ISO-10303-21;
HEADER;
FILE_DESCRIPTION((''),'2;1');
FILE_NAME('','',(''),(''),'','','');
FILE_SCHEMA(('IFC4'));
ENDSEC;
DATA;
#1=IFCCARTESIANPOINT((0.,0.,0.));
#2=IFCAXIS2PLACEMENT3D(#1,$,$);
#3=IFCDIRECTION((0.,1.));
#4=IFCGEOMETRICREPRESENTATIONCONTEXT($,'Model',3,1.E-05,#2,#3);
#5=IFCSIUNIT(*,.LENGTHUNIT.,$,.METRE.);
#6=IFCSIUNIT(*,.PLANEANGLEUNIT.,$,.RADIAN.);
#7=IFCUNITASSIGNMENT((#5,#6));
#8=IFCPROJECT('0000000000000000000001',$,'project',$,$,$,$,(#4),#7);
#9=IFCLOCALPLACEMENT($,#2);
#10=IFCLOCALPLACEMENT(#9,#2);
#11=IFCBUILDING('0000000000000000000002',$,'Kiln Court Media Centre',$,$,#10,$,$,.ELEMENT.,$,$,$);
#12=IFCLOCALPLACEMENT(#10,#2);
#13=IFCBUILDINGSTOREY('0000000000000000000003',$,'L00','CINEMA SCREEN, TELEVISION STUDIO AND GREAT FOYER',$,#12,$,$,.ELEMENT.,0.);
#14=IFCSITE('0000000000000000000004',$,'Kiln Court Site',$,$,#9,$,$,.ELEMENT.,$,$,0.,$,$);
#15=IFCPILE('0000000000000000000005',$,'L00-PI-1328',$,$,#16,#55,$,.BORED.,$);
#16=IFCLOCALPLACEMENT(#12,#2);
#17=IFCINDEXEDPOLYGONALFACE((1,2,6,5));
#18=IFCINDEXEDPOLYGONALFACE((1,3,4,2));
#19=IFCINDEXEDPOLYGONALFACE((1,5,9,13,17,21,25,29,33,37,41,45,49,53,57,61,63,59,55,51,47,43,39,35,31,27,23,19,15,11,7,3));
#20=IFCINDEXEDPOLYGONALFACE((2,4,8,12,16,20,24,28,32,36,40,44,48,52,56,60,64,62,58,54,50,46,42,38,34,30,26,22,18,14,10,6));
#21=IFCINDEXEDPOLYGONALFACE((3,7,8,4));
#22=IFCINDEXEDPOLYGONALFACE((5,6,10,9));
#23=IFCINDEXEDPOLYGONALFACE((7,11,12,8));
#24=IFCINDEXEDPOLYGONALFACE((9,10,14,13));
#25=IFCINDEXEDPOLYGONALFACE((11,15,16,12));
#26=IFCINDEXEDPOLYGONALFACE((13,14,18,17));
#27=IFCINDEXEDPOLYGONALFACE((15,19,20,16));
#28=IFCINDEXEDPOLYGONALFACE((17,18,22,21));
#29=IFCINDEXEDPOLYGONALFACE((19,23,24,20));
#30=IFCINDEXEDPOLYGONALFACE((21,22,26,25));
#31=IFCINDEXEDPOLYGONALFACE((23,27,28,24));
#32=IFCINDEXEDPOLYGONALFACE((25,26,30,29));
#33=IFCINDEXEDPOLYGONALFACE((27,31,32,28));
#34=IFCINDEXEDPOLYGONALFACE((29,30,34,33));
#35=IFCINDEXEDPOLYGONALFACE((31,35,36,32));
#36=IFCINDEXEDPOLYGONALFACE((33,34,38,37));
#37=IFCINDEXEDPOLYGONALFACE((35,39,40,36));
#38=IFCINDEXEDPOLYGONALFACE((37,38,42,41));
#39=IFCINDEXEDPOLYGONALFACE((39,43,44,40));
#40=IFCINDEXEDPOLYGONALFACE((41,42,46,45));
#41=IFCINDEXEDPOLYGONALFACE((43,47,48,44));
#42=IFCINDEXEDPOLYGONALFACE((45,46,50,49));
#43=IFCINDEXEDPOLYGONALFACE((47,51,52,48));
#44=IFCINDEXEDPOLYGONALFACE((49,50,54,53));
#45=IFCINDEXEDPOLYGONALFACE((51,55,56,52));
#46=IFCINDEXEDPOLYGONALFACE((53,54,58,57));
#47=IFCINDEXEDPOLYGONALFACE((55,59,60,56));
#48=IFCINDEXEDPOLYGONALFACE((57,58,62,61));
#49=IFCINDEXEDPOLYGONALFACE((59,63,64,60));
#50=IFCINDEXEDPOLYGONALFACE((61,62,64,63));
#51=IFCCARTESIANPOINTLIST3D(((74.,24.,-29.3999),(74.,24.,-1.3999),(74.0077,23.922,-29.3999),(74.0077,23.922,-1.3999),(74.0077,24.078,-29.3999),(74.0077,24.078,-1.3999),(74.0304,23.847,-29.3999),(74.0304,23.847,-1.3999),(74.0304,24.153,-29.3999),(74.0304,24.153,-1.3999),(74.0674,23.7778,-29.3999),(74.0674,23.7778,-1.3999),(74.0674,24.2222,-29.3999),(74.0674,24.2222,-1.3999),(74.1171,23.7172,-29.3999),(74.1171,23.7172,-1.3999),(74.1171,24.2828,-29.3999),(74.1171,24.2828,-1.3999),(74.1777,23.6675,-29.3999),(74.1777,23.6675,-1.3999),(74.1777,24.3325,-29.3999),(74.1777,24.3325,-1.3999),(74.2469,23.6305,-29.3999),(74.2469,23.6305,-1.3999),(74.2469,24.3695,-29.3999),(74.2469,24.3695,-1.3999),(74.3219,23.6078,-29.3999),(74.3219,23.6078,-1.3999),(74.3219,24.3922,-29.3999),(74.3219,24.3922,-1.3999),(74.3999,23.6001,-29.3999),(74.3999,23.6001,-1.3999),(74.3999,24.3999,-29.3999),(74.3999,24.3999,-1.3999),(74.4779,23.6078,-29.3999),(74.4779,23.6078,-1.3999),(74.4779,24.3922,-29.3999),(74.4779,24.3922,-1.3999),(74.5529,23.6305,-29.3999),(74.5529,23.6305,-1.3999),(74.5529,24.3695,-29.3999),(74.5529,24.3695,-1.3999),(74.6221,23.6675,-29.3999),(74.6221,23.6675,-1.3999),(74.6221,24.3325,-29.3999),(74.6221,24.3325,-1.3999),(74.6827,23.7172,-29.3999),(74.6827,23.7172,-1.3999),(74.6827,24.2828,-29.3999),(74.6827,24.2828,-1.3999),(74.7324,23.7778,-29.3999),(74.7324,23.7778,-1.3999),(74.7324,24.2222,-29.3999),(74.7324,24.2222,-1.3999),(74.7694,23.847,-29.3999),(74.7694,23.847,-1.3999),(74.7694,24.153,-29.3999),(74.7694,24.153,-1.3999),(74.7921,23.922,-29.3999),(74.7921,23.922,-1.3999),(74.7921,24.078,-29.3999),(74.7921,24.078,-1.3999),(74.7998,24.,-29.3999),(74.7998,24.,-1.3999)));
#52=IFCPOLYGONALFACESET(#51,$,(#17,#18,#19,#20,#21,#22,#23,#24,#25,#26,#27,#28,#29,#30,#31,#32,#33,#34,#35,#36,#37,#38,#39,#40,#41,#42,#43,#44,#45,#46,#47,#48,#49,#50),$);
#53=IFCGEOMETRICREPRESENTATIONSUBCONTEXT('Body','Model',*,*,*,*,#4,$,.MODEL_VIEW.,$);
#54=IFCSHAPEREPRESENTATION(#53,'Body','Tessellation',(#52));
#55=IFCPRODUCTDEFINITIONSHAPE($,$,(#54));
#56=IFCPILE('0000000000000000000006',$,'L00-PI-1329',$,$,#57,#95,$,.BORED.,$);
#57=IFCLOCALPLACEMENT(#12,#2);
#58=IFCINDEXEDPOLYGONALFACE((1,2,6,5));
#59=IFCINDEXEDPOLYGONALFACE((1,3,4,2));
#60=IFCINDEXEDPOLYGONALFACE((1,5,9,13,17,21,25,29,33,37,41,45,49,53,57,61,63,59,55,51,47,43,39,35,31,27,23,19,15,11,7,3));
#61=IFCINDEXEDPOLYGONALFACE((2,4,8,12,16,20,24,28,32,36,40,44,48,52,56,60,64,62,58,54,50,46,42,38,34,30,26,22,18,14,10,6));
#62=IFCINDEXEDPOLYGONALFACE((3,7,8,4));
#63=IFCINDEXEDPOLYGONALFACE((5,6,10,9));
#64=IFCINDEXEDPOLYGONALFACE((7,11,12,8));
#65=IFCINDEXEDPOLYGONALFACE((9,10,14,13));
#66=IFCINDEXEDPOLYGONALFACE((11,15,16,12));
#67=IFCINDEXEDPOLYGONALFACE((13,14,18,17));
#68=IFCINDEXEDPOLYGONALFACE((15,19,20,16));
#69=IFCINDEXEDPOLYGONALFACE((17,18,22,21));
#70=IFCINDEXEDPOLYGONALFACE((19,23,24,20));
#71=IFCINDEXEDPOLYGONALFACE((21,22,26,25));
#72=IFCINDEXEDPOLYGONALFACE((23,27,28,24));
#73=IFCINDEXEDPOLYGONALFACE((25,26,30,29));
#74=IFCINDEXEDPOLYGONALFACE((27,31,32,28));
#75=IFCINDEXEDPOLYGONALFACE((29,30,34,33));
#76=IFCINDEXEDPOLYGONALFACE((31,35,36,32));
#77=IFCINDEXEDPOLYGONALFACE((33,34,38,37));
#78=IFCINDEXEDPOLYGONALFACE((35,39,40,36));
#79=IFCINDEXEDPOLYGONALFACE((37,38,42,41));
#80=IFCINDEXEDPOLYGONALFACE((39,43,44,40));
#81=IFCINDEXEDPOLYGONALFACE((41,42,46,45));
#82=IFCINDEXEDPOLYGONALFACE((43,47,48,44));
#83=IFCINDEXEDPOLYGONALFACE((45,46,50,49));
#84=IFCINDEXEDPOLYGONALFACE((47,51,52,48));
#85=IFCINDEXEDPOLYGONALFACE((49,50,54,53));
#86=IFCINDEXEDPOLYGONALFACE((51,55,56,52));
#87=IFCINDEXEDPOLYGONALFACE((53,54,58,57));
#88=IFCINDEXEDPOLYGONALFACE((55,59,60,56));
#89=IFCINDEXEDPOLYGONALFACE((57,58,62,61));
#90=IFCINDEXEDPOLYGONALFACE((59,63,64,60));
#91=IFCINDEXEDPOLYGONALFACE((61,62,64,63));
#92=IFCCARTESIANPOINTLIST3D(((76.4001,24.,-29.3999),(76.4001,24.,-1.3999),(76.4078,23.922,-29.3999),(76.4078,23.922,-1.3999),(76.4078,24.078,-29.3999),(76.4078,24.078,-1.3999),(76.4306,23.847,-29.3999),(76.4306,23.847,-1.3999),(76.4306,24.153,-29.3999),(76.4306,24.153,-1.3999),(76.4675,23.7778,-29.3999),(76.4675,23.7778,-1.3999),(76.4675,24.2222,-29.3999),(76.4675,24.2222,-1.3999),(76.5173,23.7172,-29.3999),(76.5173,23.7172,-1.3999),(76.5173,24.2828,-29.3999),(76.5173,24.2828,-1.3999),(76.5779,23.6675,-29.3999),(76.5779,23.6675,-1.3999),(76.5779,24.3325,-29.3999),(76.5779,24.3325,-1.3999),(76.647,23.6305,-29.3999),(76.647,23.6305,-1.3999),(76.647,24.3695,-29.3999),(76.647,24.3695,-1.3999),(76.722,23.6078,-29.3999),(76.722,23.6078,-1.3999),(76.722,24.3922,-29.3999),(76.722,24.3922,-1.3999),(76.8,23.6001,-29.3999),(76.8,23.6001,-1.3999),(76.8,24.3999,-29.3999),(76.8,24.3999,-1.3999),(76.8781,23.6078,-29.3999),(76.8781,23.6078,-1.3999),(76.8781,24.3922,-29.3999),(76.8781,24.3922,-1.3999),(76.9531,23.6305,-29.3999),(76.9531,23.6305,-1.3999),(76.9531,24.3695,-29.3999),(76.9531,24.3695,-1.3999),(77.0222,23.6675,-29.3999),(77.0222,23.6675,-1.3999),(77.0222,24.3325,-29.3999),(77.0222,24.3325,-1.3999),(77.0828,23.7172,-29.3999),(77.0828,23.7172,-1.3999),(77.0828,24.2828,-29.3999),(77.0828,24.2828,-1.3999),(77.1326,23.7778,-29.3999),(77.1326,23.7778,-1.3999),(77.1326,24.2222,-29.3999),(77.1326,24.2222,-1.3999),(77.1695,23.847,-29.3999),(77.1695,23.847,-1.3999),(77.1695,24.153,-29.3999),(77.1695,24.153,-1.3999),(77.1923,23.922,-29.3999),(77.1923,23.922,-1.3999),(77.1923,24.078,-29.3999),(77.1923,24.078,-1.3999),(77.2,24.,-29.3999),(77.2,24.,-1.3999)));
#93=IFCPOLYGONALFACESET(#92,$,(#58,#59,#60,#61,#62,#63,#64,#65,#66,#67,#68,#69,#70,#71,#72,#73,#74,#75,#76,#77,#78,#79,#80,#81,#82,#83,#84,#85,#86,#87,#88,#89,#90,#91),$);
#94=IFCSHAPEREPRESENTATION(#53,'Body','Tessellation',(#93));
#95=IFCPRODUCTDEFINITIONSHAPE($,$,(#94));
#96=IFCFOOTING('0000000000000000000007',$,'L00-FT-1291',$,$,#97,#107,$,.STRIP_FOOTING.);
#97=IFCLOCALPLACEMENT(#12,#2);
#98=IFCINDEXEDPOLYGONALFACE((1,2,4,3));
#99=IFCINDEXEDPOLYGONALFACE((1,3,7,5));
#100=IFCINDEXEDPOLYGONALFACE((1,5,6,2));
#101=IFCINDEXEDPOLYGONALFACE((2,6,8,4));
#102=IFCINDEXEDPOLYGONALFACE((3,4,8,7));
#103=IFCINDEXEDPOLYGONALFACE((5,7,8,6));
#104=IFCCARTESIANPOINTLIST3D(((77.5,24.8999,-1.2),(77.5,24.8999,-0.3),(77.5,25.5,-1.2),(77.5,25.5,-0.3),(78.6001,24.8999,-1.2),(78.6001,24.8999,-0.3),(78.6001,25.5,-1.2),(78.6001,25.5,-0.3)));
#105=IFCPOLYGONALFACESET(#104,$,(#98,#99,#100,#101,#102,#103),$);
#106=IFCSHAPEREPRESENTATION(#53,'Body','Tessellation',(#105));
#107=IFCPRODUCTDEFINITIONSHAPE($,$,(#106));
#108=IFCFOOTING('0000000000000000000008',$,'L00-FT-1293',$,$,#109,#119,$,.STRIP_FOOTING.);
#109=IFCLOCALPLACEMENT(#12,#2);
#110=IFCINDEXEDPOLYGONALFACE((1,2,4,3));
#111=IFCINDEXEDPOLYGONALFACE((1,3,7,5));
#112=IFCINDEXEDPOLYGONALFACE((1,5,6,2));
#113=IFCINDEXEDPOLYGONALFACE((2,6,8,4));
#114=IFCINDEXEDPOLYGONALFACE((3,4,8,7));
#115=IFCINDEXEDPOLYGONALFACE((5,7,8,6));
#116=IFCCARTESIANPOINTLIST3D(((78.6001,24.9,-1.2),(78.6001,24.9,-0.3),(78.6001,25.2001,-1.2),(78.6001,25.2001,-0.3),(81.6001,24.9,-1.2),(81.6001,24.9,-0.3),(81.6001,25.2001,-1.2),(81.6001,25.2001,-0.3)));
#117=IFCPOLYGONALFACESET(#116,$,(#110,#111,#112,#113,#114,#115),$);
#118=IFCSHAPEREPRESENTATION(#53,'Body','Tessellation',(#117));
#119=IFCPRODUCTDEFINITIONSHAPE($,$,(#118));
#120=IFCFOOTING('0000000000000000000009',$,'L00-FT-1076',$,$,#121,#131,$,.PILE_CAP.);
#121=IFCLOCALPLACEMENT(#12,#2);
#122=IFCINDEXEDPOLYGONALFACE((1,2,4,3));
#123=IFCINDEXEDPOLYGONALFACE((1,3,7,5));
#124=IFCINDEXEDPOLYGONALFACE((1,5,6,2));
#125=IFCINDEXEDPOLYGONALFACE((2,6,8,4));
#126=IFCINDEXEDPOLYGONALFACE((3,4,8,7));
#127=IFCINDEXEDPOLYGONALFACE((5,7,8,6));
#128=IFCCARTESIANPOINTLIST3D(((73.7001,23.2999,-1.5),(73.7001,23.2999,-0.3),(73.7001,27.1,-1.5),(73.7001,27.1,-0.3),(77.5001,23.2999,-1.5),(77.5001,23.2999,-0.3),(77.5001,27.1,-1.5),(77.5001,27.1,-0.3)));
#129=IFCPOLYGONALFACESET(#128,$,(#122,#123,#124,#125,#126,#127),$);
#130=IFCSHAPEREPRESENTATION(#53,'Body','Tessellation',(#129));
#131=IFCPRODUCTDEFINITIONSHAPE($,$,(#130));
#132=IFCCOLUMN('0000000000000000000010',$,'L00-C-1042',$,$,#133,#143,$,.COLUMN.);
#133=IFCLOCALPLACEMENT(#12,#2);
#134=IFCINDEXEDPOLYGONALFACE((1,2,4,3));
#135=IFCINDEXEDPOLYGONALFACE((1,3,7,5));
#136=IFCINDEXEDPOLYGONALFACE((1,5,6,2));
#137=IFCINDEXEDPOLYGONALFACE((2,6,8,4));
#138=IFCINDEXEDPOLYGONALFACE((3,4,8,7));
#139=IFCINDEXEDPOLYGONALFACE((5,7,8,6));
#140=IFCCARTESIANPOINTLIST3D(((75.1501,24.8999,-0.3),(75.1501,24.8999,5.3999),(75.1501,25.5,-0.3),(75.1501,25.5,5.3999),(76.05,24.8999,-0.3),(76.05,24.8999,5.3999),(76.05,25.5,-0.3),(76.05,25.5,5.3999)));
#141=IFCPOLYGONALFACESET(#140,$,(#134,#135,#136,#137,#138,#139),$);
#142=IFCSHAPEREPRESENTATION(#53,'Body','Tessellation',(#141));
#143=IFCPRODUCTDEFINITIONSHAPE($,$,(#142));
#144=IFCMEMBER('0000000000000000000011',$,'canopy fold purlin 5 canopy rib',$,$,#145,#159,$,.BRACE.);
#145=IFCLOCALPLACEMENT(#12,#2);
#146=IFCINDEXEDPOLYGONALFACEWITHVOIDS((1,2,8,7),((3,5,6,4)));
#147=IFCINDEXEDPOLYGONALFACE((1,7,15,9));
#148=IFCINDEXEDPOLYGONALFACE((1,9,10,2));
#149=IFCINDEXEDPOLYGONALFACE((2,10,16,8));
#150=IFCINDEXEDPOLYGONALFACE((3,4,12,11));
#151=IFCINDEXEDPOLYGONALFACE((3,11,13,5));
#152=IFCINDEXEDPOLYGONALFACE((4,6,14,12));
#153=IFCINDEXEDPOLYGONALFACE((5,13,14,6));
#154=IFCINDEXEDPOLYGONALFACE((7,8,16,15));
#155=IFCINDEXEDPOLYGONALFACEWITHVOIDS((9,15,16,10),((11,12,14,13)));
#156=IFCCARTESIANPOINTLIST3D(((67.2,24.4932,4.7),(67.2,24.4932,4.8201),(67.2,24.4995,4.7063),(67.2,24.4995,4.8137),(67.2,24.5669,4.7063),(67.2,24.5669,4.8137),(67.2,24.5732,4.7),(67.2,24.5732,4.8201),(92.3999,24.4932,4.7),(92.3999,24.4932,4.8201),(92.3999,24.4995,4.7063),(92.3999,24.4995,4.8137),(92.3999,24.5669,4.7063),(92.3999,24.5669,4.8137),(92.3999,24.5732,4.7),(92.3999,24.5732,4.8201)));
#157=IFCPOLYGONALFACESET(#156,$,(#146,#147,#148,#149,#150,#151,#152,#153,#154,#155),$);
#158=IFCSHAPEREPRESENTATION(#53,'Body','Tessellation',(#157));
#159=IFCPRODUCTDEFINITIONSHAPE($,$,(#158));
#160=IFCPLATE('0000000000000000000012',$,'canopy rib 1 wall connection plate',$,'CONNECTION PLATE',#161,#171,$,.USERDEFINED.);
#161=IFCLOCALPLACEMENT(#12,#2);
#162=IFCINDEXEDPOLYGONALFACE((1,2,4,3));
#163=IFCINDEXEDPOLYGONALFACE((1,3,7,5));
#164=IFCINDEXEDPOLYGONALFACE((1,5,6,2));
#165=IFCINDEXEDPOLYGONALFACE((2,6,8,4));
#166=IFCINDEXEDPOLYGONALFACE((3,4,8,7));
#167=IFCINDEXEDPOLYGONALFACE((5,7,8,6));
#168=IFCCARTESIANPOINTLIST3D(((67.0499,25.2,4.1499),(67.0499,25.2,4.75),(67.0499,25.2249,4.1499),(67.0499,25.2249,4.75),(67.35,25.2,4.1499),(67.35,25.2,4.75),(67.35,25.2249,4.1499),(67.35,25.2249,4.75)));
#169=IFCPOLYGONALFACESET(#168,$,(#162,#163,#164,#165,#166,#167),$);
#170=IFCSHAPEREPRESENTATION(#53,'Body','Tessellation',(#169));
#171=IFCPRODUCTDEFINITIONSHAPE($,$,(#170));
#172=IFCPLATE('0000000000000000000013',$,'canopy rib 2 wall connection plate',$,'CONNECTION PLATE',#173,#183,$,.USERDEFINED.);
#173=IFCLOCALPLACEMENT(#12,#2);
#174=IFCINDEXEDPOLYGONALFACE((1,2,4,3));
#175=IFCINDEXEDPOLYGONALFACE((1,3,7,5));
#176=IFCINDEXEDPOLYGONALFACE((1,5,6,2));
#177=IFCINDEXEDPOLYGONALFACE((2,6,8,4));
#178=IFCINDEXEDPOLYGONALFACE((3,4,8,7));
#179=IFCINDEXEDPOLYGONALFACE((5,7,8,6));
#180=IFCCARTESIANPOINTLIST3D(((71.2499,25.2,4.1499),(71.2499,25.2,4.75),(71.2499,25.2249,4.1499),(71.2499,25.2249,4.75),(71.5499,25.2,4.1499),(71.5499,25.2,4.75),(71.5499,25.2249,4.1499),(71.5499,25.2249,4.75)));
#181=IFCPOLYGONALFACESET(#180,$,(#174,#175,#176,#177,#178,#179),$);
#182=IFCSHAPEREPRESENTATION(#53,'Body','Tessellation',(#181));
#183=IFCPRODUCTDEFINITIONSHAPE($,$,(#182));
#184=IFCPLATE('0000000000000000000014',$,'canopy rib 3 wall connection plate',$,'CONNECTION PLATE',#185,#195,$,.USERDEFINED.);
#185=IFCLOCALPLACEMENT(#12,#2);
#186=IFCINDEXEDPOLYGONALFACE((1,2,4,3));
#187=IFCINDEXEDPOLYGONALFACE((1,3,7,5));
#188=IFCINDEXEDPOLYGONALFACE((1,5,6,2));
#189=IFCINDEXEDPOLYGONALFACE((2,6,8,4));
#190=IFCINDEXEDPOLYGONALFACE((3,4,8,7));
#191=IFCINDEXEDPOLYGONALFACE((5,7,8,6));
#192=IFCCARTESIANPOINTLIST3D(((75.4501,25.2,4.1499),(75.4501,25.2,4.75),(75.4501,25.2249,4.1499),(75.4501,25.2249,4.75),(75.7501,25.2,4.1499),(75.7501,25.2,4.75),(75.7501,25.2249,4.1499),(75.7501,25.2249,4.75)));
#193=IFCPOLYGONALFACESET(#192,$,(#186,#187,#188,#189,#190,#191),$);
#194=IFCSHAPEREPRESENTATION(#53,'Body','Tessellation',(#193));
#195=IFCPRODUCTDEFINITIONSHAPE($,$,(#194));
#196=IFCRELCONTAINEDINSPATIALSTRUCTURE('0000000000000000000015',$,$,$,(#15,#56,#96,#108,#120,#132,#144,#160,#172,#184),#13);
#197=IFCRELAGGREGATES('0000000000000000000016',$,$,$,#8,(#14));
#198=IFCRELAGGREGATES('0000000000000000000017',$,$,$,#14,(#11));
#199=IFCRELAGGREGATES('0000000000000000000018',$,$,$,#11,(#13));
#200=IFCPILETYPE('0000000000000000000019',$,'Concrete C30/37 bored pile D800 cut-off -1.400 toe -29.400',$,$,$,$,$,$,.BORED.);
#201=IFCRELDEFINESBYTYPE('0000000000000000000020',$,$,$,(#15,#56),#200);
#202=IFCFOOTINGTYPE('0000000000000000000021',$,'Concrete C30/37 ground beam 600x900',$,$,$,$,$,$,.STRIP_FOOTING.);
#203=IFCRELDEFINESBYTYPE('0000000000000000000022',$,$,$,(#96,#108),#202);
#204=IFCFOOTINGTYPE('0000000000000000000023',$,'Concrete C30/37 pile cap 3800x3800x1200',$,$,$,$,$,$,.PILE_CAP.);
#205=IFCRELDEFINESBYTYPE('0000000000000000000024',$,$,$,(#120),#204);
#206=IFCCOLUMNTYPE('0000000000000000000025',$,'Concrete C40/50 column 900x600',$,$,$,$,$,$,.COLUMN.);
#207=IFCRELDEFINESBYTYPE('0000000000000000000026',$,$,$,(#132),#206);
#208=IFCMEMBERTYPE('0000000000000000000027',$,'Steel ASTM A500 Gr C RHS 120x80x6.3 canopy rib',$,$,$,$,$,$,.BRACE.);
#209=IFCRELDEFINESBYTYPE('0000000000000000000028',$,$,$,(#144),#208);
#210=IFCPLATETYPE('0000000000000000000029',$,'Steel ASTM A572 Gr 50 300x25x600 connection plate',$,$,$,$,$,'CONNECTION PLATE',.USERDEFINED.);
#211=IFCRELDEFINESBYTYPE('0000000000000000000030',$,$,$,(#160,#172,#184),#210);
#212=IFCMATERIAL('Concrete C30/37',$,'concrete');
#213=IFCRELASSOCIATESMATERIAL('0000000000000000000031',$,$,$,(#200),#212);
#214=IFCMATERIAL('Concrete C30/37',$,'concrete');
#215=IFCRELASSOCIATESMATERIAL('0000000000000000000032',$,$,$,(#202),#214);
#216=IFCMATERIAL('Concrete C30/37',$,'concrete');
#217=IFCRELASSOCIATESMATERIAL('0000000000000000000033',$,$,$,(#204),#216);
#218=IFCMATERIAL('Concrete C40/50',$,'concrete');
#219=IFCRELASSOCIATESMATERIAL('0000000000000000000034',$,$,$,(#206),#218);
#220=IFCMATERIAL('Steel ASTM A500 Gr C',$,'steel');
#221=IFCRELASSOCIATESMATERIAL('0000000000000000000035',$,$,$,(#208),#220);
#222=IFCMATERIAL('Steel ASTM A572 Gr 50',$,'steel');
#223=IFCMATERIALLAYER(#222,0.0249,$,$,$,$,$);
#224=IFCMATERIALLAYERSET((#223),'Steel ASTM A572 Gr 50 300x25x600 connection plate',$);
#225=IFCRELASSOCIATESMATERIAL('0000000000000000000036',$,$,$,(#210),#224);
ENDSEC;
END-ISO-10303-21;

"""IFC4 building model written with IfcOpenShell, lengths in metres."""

from ifc_helpers import new_model, si_unit, direction, frame, origin, origin_2d, place, context, subcontext, project, spatial, rectangle, hollow_rectangle, circle, extrude, material, layer, layer_set, material_profile, profile_set, type_object, element, save


model = new_model("IFC4")

# Units and contexts
model_context = context("Model", 3, precision=1e-05, world=origin(), true_north=direction((0.0, 1.0)))
body_context = subcontext(model_context, "Body", "Model", "MODEL_VIEW")
ifc_project = project(units=[si_unit("LENGTHUNIT", "METRE"), si_unit("PLANEANGLEUNIT", "RADIAN")], contexts=[model_context])

# Site, building, storey
site_placement = place(None, origin())
site = spatial("IfcSite", under=ifc_project, at=site_placement, Name="Kiln Court Site", CompositionType="ELEMENT", RefElevation=0.0)
building_placement = place(site_placement, origin())
building = spatial("IfcBuilding", under=site, at=building_placement, Name="Kiln Court Media Centre", CompositionType="ELEMENT")
storey_placement = place(building_placement, origin())
storey = spatial("IfcBuildingStorey", under=building, at=storey_placement, Name="L00", Description="CINEMA SCREEN, TELEVISION STUDIO AND GREAT FOYER", CompositionType="ELEMENT", Elevation=0.0)

# Piles
ifc_material_1 = material(Name="Concrete C30/37", Category="concrete")
ifc_material_profile_1 = material_profile(ifc_material_1, circle(Radius=0.3999, at=origin_2d()), Name="PILE D800")
ifc_profile_set_1 = profile_set([ifc_material_profile_1], Name="Concrete C30/37")
pile_type = type_object("IfcPileType", Name="Concrete C30/37 bored pile D800 cut-off -1.400 toe -29.400", PredefinedType="BORED", material=ifc_profile_set_1)
for number, where, z_axis, x_axis, name in (
    (1, (74.3999, 24.0, -1.3999), (0.0, 0.0, -1.0), (1.0, 0.0, 0.0), "L00-PI-1328"),
    (2, (76.8, 24.0, -1.3999), (0.0, 0.0, -1.0), (1.0, 0.0, 0.0), "L00-PI-1329"),
):
    element("IfcPile", number, at=place(storey_placement, frame(where, z_axis=z_axis, x_axis=x_axis)), inside=storey, type_object=pile_type, Name=name, PredefinedType="BORED", context=body_context, shape_type="SweptSolid", body=[
        extrude(circle(Radius=0.3999, at=origin_2d()), origin(), (0.0, 0.0, 1.0), 28.0),
    ])

# Footings
ifc_material_2 = material(Name="Concrete C30/37", Category="concrete")
footing_type_1 = type_object("IfcFootingType", Name="Concrete C30/37 ground beam 600x900", PredefinedType="STRIP_FOOTING", material=ifc_material_2)
footing_1_placement = place(storey_placement, frame((78.05, 25.2, -1.2), z_axis=(0.0, 0.0, 1.0), x_axis=(1.0, 0.0, 0.0)))
element("IfcFooting", 3, at=footing_1_placement, inside=storey, type_object=footing_type_1, Name="L00-FT-1291", PredefinedType="STRIP_FOOTING", context=body_context, shape_type="SweptSolid", body=[
    extrude(rectangle(XDim=1.1001, YDim=0.6001, at=origin_2d()), origin(), (0.0, 0.0, 1.0), 0.8999),
])
footing_2_placement = place(storey_placement, frame((80.1001, 25.05, -1.2), z_axis=(0.0, 0.0, 1.0), x_axis=(1.0, 0.0, 0.0)))
element("IfcFooting", 4, at=footing_2_placement, inside=storey, type_object=footing_type_1, Name="L00-FT-1293", PredefinedType="STRIP_FOOTING", context=body_context, shape_type="SweptSolid", body=[
    extrude(rectangle(XDim=3.0, YDim=0.3, at=origin_2d()), origin(), (0.0, 0.0, 1.0), 0.8999),
])
ifc_material_3 = material(Name="Concrete C30/37", Category="concrete")
footing_type_2 = type_object("IfcFootingType", Name="Concrete C30/37 pile cap 3800x3800x1200", PredefinedType="PILE_CAP", material=ifc_material_3)
footing_3_placement = place(storey_placement, frame((75.6001, 25.2, -1.5), z_axis=(0.0, 0.0, 1.0), x_axis=(1.0, 0.0, 0.0)))
element("IfcFooting", 5, at=footing_3_placement, inside=storey, type_object=footing_type_2, Name="L00-FT-1076", PredefinedType="PILE_CAP", context=body_context, shape_type="SweptSolid", body=[
    extrude(rectangle(XDim=3.8, YDim=3.8, at=origin_2d()), origin(), (0.0, 0.0, 1.0), 1.2),
])

# Column
ifc_material_4 = material(Name="Concrete C40/50", Category="concrete")
ifc_material_profile_2 = material_profile(ifc_material_4, rectangle(XDim=0.8999, YDim=0.6001, at=origin_2d()), Name="RC 900x600")
ifc_profile_set_2 = profile_set([ifc_material_profile_2], Name="Concrete C40/50")
column_type = type_object("IfcColumnType", Name="Concrete C40/50 column 900x600", PredefinedType="COLUMN", material=ifc_profile_set_2)
column_placement = place(storey_placement, frame((75.6001, 25.2, -0.3), z_axis=(0.0, 0.0, 1.0), x_axis=(1.0, 0.0, 0.0)))
element("IfcColumn", 6, at=column_placement, inside=storey, type_object=column_type, Name="L00-C-1042", PredefinedType="COLUMN", context=body_context, shape_type="SweptSolid", body=[
    extrude(rectangle(XDim=0.8999, YDim=0.6001, at=origin_2d()), origin(), (0.0, 0.0, 1.0), 5.7),
])

# Member
ifc_material_5 = material(Name="Steel ASTM A500 Gr C", Category="steel")
ifc_material_profile_3 = material_profile(ifc_material_5, hollow_rectangle(XDim=0.0801, YDim=0.1201, WallThickness=0.0063, at=origin_2d()), Name="RHS 120x80x6.3")
ifc_profile_set_3 = profile_set([ifc_material_profile_3], Name="Steel ASTM A500 Gr C")
member_type = type_object("IfcMemberType", Name="Steel ASTM A500 Gr C RHS 120x80x6.3 canopy rib", PredefinedType="BRACE", material=ifc_profile_set_3)
member_placement = place(storey_placement, frame((67.2, 24.5332, 4.76), z_axis=(1.0, 0.0, 0.0), x_axis=(0.0, 1.0, 0.0)))
element("IfcMember", 7, at=member_placement, inside=storey, type_object=member_type, Name="canopy fold purlin 5 canopy rib", PredefinedType="BRACE", context=body_context, shape_type="SweptSolid", body=[
    extrude(hollow_rectangle(XDim=0.0801, YDim=0.1201, WallThickness=0.0063, at=origin_2d()), origin(), (0.0, 0.0, 1.0), 25.2),
])

# Plates
ifc_material_6 = material(Name="Steel ASTM A572 Gr 50", Category="steel")
ifc_layer_1 = layer(ifc_material_6, 0.0249)
ifc_layer_set_1 = layer_set([ifc_layer_1], Name="Steel ASTM A572 Gr 50 300x25x600 connection plate")
plate_type_1 = type_object("IfcPlateType", Name="Steel ASTM A572 Gr 50 300x25x600 connection plate", ElementType="CONNECTION PLATE", PredefinedType="USERDEFINED", material=ifc_layer_set_1)
for number, where, z_axis, x_axis, name in (
    (8, (67.2, 25.2124, 4.1499), (0.0, 0.0, 1.0), (1.0, 0.0, 0.0), "canopy rib 1 wall connection plate"),
    (9, (71.3999, 25.2124, 4.1499), (0.0, 0.0, 1.0), (1.0, 0.0, 0.0), "canopy rib 2 wall connection plate"),
    (10, (75.6001, 25.2124, 4.1499), (0.0, 0.0, 1.0), (1.0, 0.0, 0.0), "canopy rib 3 wall connection plate"),
):
    element("IfcPlate", number, at=place(storey_placement, frame(where, z_axis=z_axis, x_axis=x_axis)), inside=storey, type_object=plate_type_1, Name=name, ObjectType="CONNECTION PLATE", PredefinedType="USERDEFINED", context=body_context, shape_type="SweptSolid", body=[
        extrude(rectangle(XDim=0.3, YDim=0.0249, at=origin_2d()), origin(), (0.0, 0.0, 1.0), 0.6001),
    ])

save(model, "model.ifc")
